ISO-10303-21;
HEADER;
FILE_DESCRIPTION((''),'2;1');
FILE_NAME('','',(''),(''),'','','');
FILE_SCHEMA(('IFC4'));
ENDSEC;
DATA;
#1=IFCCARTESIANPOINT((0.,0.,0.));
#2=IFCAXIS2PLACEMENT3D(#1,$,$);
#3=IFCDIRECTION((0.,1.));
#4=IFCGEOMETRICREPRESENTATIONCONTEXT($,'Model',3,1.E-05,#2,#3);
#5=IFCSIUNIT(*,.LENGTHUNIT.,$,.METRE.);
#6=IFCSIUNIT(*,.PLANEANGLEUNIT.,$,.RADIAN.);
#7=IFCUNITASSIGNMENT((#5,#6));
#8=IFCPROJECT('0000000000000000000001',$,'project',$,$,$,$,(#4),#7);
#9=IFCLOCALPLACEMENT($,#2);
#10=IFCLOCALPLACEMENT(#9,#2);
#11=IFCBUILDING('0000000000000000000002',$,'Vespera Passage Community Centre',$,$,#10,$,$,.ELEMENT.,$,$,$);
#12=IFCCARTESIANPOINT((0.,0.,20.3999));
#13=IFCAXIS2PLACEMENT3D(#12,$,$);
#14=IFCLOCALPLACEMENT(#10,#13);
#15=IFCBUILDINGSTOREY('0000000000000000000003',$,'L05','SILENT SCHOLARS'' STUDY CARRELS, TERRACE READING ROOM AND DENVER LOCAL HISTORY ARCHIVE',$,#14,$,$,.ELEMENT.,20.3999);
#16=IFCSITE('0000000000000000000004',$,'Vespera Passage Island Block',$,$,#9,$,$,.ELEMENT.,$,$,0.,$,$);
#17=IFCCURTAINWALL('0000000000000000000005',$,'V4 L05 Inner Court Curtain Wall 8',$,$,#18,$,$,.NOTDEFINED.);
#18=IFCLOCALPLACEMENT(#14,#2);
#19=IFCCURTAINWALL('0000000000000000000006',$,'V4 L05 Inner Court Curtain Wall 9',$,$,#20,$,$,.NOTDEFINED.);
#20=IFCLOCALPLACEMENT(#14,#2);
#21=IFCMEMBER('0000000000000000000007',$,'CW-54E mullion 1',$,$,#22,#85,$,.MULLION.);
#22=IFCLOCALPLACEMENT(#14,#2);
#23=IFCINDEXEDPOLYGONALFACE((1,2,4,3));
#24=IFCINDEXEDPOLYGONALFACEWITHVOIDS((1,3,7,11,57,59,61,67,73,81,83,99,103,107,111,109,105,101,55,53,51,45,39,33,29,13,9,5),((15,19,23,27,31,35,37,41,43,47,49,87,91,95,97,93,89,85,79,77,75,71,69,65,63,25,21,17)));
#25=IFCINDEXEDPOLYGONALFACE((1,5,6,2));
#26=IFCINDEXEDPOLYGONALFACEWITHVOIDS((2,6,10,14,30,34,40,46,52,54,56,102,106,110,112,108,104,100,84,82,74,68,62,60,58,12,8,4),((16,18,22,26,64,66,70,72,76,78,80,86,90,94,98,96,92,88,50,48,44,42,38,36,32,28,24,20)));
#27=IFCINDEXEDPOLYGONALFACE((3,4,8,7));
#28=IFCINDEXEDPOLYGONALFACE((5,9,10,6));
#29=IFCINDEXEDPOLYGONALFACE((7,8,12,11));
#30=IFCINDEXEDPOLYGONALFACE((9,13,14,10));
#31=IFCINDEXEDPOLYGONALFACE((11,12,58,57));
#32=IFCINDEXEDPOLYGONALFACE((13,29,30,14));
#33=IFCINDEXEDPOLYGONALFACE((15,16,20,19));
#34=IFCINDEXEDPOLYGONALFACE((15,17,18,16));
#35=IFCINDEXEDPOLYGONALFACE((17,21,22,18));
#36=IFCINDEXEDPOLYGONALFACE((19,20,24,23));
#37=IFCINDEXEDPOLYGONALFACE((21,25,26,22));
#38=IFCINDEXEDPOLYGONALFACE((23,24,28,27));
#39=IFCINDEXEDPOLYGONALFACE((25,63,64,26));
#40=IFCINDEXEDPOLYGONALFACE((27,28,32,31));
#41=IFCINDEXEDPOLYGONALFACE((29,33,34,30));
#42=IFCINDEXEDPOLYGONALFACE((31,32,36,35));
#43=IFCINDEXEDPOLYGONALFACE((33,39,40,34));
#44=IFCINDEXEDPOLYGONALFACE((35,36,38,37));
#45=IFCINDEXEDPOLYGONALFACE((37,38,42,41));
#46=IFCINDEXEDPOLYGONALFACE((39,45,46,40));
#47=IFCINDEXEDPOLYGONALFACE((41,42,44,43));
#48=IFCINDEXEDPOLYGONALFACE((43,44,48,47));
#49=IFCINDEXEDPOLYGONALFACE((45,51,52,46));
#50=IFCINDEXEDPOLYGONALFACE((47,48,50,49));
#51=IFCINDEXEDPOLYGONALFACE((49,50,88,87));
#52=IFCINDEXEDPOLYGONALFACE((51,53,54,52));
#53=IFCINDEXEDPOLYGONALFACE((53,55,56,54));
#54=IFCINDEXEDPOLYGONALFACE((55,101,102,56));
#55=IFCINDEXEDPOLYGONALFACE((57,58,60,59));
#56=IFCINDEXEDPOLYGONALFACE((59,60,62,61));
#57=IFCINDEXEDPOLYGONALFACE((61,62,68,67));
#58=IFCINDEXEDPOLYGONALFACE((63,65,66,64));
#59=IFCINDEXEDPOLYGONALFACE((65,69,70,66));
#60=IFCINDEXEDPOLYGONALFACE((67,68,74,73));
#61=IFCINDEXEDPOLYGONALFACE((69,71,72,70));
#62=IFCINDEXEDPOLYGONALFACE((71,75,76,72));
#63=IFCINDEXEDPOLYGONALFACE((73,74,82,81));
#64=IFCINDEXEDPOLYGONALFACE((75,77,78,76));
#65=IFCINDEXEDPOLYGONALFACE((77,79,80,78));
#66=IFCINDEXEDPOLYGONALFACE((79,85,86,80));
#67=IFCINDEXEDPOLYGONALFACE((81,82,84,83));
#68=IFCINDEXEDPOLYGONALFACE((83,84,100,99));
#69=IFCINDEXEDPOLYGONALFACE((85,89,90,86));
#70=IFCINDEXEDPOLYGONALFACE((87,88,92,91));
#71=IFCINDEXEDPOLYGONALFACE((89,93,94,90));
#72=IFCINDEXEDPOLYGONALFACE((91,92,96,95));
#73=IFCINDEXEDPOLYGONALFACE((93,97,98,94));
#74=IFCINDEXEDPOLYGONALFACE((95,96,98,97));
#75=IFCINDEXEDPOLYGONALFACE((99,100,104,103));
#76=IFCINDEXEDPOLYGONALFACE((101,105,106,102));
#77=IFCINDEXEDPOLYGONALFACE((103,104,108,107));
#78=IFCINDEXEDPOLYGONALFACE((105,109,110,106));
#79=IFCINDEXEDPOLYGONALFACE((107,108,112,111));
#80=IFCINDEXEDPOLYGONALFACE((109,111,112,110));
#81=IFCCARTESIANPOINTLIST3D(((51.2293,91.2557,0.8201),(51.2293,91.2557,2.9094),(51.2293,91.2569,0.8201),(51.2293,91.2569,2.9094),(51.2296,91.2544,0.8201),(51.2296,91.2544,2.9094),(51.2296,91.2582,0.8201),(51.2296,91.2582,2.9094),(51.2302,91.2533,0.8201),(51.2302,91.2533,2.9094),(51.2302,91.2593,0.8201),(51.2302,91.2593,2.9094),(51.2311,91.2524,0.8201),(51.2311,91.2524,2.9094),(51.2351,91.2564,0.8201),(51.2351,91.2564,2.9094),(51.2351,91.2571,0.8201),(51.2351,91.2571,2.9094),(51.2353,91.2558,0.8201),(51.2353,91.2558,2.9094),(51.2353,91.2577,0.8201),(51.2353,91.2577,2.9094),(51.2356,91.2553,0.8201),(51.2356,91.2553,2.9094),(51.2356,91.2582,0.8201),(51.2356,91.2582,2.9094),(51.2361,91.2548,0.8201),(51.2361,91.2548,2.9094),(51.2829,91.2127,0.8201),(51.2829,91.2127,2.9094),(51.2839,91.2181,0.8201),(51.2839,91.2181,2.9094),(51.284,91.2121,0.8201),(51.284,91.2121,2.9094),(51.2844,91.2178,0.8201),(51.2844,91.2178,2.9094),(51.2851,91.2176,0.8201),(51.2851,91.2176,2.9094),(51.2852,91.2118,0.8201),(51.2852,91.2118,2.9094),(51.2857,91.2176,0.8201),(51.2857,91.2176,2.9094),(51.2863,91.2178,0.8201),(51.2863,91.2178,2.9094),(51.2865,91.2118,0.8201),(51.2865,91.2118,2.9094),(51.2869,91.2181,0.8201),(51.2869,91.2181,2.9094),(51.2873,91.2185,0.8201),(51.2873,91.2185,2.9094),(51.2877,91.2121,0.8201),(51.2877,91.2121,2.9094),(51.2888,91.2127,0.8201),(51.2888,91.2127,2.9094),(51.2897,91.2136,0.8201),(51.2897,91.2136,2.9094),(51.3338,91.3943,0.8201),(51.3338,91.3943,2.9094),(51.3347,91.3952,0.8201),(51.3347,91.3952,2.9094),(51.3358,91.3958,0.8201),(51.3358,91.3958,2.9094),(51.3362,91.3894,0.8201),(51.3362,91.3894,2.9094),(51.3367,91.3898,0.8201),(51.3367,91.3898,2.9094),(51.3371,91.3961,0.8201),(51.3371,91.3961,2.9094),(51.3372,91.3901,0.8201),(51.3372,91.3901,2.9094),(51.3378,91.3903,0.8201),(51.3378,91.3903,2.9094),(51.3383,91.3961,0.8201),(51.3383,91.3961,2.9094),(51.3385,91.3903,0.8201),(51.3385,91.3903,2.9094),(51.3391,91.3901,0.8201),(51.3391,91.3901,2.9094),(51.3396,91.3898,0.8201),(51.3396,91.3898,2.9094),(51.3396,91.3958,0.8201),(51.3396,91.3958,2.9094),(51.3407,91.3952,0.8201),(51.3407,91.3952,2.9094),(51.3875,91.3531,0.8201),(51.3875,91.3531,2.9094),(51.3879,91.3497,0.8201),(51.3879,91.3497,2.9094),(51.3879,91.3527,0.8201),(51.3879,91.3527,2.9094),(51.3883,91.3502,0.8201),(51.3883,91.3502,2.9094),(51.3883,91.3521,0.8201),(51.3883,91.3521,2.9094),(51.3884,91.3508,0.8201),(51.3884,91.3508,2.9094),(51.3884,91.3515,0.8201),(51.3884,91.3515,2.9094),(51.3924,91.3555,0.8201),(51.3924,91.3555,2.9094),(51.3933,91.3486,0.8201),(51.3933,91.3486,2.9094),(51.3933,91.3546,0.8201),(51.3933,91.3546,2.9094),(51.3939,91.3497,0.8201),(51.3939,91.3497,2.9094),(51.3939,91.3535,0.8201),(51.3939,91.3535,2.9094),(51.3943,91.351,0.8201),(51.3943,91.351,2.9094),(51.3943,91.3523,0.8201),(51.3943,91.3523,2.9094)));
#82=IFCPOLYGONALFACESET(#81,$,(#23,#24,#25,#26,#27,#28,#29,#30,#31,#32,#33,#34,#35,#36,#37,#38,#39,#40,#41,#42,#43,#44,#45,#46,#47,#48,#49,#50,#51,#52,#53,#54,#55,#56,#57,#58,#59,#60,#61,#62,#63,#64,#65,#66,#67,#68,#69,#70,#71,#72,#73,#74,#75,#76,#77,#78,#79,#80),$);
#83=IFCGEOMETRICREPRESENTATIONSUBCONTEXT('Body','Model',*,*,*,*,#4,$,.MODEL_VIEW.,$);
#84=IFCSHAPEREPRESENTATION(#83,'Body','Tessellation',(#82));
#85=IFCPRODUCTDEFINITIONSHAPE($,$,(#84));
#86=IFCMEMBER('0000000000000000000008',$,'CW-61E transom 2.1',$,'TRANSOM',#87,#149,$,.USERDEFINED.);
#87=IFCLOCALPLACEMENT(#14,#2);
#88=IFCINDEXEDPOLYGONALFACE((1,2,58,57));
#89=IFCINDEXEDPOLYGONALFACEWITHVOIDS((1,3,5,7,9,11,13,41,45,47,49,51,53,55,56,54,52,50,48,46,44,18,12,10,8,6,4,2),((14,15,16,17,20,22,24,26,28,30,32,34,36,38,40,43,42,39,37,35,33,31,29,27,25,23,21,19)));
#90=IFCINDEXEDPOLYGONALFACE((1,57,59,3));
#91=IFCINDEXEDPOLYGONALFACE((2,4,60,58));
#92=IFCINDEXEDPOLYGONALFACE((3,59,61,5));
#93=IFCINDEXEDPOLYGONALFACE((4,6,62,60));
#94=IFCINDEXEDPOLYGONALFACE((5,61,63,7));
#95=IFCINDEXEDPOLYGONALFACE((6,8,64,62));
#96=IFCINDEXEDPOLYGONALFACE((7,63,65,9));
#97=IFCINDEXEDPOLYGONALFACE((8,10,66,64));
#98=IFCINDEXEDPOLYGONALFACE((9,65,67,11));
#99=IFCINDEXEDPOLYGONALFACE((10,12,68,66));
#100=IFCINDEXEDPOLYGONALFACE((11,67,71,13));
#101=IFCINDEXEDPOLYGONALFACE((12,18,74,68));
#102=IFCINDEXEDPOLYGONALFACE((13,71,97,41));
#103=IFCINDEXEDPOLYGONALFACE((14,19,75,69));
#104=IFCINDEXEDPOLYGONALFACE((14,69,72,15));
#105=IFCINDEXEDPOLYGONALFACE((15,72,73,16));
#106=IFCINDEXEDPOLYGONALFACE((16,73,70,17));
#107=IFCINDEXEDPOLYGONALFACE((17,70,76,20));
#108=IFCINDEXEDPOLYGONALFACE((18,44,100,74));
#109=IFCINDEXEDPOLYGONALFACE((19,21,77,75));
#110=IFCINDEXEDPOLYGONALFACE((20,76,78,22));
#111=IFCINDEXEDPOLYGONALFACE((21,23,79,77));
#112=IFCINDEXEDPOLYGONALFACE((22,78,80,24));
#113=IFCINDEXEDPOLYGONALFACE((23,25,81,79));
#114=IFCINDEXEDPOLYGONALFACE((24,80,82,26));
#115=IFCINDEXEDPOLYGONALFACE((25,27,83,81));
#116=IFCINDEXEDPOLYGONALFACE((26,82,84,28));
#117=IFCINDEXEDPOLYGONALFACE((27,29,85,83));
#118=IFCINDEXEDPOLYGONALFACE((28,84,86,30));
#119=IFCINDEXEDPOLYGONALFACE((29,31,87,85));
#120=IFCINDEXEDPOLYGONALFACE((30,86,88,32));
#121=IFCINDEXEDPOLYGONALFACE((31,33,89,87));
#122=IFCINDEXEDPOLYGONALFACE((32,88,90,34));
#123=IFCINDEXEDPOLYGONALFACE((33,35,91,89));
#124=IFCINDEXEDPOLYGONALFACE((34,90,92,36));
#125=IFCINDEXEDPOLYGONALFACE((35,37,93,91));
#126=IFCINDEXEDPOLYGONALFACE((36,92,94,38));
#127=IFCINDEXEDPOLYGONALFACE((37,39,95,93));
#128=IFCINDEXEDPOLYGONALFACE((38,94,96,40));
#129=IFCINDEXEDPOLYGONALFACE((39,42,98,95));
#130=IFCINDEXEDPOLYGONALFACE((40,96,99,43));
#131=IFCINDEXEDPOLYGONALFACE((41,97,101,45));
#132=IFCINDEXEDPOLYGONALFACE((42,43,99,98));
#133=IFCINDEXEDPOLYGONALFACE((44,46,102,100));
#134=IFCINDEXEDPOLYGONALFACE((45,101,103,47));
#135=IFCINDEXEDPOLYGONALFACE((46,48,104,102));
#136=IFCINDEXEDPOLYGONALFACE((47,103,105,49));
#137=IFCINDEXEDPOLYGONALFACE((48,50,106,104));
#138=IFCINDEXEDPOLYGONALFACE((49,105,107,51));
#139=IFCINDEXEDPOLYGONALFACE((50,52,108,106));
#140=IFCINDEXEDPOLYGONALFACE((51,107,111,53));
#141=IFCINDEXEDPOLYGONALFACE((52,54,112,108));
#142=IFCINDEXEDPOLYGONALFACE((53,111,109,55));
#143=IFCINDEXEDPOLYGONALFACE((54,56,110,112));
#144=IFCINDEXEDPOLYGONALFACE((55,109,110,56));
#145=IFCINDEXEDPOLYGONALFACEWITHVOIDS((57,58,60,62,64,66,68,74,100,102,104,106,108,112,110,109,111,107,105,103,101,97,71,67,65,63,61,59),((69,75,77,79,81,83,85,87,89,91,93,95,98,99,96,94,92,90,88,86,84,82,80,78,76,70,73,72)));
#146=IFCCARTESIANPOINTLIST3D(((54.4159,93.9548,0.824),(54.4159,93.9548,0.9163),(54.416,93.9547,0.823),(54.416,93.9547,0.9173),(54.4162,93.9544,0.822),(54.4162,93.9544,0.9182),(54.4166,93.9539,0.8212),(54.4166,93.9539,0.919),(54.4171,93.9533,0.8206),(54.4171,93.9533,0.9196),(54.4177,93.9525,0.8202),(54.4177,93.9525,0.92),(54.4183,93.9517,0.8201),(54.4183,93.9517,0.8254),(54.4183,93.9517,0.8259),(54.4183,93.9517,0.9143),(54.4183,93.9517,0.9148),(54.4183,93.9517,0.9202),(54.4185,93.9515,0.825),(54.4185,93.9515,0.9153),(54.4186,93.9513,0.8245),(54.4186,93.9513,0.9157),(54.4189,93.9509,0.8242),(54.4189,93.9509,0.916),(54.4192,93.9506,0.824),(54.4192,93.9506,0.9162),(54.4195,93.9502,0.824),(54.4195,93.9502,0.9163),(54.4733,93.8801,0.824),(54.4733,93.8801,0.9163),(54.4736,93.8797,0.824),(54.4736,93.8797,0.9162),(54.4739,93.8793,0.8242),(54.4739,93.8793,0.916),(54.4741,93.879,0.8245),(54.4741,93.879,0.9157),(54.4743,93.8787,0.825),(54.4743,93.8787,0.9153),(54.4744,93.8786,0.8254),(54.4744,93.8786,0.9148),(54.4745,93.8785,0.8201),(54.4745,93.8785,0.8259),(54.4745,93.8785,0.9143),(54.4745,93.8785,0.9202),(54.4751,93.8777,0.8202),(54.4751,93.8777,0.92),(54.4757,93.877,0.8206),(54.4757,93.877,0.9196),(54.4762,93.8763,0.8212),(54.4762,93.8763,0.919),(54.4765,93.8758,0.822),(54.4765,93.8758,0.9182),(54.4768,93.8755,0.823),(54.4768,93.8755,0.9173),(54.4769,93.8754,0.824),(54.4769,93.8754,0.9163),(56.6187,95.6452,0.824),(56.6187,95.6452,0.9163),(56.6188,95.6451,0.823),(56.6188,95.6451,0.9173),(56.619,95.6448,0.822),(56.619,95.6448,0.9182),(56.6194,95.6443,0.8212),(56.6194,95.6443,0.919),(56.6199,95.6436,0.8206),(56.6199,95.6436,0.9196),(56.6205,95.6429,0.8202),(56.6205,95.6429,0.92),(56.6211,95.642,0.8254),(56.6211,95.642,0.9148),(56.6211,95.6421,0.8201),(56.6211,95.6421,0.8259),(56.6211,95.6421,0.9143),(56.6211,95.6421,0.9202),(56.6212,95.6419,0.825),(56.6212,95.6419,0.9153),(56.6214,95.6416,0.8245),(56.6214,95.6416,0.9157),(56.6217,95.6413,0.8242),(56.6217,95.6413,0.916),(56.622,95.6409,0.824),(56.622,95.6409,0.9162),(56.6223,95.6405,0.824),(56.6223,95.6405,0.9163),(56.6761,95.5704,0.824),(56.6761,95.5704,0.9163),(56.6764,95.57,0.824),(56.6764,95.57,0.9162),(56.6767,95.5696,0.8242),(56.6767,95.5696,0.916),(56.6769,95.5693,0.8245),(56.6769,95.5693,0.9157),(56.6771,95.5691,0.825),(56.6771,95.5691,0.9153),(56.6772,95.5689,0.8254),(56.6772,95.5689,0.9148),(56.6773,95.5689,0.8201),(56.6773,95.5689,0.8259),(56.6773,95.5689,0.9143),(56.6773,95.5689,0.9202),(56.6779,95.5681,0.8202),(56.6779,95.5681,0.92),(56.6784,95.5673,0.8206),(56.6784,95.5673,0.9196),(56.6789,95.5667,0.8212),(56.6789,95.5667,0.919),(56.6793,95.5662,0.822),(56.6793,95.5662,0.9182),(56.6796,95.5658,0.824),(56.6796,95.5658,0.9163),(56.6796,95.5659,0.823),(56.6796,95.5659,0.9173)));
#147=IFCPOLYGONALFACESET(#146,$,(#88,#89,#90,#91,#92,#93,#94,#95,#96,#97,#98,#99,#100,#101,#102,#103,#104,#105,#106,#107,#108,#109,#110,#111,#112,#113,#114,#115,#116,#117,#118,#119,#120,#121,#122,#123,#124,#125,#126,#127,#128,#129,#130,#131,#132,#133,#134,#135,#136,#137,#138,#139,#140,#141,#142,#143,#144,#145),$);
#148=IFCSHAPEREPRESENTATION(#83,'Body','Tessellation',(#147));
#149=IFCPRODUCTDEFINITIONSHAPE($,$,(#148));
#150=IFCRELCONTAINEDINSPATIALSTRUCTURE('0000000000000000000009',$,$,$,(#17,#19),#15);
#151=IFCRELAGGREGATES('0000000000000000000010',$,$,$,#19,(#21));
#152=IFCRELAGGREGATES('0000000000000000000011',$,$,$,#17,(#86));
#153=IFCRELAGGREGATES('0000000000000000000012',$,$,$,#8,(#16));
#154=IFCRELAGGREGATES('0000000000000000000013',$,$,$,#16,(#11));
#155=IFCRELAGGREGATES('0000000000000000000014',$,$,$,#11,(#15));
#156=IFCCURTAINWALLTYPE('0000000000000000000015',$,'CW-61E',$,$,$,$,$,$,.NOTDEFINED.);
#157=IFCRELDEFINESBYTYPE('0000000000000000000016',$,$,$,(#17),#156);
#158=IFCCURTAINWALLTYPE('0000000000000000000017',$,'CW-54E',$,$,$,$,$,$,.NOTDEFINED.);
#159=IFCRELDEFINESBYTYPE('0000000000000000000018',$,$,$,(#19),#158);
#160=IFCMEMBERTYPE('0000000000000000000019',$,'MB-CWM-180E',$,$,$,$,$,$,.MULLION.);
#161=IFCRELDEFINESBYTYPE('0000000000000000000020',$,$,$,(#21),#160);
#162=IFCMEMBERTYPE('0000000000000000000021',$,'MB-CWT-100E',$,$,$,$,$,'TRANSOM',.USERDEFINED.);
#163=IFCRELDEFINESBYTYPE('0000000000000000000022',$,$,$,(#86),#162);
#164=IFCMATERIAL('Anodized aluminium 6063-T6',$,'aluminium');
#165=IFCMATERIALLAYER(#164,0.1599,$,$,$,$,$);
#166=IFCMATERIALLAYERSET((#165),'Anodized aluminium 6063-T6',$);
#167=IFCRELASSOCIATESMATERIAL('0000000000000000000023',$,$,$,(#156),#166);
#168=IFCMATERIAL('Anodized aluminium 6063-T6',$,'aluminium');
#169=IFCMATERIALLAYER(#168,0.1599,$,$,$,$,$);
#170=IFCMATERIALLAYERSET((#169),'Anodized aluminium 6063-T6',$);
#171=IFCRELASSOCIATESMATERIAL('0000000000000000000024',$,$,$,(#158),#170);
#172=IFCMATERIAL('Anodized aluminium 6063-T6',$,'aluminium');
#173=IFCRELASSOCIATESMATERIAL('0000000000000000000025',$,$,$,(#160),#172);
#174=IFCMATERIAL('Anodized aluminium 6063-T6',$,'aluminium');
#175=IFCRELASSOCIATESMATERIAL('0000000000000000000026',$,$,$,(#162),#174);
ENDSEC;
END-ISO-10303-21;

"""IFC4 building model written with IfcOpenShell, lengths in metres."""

from ifc_helpers import new_model, si_unit, direction, frame, origin, origin_2d, place, context, subcontext, project, spatial, hollow_rectangle, extrude, material, layer, layer_set, material_profile, profile_set, type_object, element, aggregate, save


model = new_model("IFC4")

# Units and contexts
model_context = context("Model", 3, precision=1e-05, world=origin(), true_north=direction((0.0, 1.0)))
body_context = subcontext(model_context, "Body", "Model", "MODEL_VIEW")
ifc_project = project(units=[si_unit("LENGTHUNIT", "METRE"), si_unit("PLANEANGLEUNIT", "RADIAN")], contexts=[model_context])

# Site, building, storey
site_placement = place(None, origin())
site = spatial("IfcSite", under=ifc_project, at=site_placement, Name="Vespera Passage Island Block", CompositionType="ELEMENT", RefElevation=0.0)
building_placement = place(site_placement, origin())
building = spatial("IfcBuilding", under=site, at=building_placement, Name="Vespera Passage Community Centre", CompositionType="ELEMENT")
storey_placement = place(building_placement, frame((0.0, 0.0, 20.3999)))
storey = spatial("IfcBuildingStorey", under=building, at=storey_placement, Name="L05", Description="SILENT SCHOLARS' STUDY CARRELS, TERRACE READING ROOM AND DENVER LOCAL HISTORY ARCHIVE", CompositionType="ELEMENT", Elevation=20.3999)

# Curtain wall
ifc_material_1 = material(Name="Anodized aluminium 6063-T6", Category="aluminium")
ifc_layer_1 = layer(ifc_material_1, 0.1599)
ifc_layer_set_1 = layer_set([ifc_layer_1], Name="Anodized aluminium 6063-T6")
curtain_wall_type_1 = type_object("IfcCurtainWallType", Name="CW-61E", PredefinedType="NOTDEFINED", material=ifc_layer_set_1)
curtain_wall_1_placement = place(storey_placement, origin())
curtain_wall_1 = element("IfcCurtainWall", 1, at=curtain_wall_1_placement, inside=storey, type_object=curtain_wall_type_1, Name="V4 L05 Inner Court Curtain Wall 8", PredefinedType="NOTDEFINED")

# Curtain wall, member
ifc_material_2 = material(Name="Anodized aluminium 6063-T6", Category="aluminium")
ifc_layer_2 = layer(ifc_material_2, 0.1599)
ifc_layer_set_2 = layer_set([ifc_layer_2], Name="Anodized aluminium 6063-T6")
curtain_wall_type_2 = type_object("IfcCurtainWallType", Name="CW-54E", PredefinedType="NOTDEFINED", material=ifc_layer_set_2)
curtain_wall_2_placement = place(storey_placement, origin())
curtain_wall_2 = element("IfcCurtainWall", 2, at=curtain_wall_2_placement, inside=storey, type_object=curtain_wall_type_2, Name="V4 L05 Inner Court Curtain Wall 9", PredefinedType="NOTDEFINED")
ifc_material_3 = material(Name="Anodized aluminium 6063-T6", Category="aluminium")
ifc_material_profile_1 = material_profile(ifc_material_3, hollow_rectangle(XDim=0.075, YDim=0.1799, WallThickness=0.0049, InnerFilletRadius=0.0024, OuterFilletRadius=0.0049, at=origin_2d()), Name="ALU180X75X5")
ifc_profile_set_1 = profile_set([ifc_material_profile_1], Name="Anodized aluminium 6063-T6")
member_type_1 = type_object("IfcMemberType", Name="MB-CWM-180E", PredefinedType="MULLION", material=ifc_profile_set_1)
member_1_placement = place(storey_placement, frame((51.3118, 91.304, 0.8201), z_axis=(0.0, 0.0, 1.0), x_axis=(0.793358, -0.608755, 0.0)))
member_1 = element("IfcMember", 3, at=member_1_placement, type_object=member_type_1, Name="CW-54E mullion 1", PredefinedType="MULLION", context=body_context, shape_type="SweptSolid", body=[
    extrude(hollow_rectangle(XDim=0.075, YDim=0.1799, WallThickness=0.0049, InnerFilletRadius=0.0024, OuterFilletRadius=0.0049, at=origin_2d()), origin(), (0.0, 0.0, 1.0), 2.0894),
])

# Member
ifc_material_4 = material(Name="Anodized aluminium 6063-T6", Category="aluminium")
ifc_material_profile_2 = material_profile(ifc_material_4, hollow_rectangle(XDim=0.1001, YDim=0.1001, WallThickness=0.0039, InnerFilletRadius=0.002, OuterFilletRadius=0.0039, at=origin_2d()), Name="ALU100X100X4")
ifc_profile_set_2 = profile_set([ifc_material_profile_2], Name="Anodized aluminium 6063-T6")
member_type_2 = type_object("IfcMemberType", Name="MB-CWT-100E", ElementType="TRANSOM", PredefinedType="USERDEFINED", material=ifc_profile_set_2)
member_2_placement = place(storey_placement, frame((56.6492, 95.6055, 0.8701), z_axis=(-0.793336, -0.608784, 0.0), x_axis=(0.608784, -0.793336, 0.0)))
member_2 = element("IfcMember", 4, at=member_2_placement, type_object=member_type_2, Name="CW-61E transom 2.1", ObjectType="TRANSOM", PredefinedType="USERDEFINED", context=body_context, shape_type="SweptSolid", body=[
    extrude(hollow_rectangle(XDim=0.1001, YDim=0.1001, WallThickness=0.0039, InnerFilletRadius=0.002, OuterFilletRadius=0.0039, at=origin_2d()), origin(), (0.0, 0.0, 1.0), 2.7766),
])

aggregate(curtain_wall_2, [member_1])
aggregate(curtain_wall_1, [member_2])

save(model, "model.ifc")
